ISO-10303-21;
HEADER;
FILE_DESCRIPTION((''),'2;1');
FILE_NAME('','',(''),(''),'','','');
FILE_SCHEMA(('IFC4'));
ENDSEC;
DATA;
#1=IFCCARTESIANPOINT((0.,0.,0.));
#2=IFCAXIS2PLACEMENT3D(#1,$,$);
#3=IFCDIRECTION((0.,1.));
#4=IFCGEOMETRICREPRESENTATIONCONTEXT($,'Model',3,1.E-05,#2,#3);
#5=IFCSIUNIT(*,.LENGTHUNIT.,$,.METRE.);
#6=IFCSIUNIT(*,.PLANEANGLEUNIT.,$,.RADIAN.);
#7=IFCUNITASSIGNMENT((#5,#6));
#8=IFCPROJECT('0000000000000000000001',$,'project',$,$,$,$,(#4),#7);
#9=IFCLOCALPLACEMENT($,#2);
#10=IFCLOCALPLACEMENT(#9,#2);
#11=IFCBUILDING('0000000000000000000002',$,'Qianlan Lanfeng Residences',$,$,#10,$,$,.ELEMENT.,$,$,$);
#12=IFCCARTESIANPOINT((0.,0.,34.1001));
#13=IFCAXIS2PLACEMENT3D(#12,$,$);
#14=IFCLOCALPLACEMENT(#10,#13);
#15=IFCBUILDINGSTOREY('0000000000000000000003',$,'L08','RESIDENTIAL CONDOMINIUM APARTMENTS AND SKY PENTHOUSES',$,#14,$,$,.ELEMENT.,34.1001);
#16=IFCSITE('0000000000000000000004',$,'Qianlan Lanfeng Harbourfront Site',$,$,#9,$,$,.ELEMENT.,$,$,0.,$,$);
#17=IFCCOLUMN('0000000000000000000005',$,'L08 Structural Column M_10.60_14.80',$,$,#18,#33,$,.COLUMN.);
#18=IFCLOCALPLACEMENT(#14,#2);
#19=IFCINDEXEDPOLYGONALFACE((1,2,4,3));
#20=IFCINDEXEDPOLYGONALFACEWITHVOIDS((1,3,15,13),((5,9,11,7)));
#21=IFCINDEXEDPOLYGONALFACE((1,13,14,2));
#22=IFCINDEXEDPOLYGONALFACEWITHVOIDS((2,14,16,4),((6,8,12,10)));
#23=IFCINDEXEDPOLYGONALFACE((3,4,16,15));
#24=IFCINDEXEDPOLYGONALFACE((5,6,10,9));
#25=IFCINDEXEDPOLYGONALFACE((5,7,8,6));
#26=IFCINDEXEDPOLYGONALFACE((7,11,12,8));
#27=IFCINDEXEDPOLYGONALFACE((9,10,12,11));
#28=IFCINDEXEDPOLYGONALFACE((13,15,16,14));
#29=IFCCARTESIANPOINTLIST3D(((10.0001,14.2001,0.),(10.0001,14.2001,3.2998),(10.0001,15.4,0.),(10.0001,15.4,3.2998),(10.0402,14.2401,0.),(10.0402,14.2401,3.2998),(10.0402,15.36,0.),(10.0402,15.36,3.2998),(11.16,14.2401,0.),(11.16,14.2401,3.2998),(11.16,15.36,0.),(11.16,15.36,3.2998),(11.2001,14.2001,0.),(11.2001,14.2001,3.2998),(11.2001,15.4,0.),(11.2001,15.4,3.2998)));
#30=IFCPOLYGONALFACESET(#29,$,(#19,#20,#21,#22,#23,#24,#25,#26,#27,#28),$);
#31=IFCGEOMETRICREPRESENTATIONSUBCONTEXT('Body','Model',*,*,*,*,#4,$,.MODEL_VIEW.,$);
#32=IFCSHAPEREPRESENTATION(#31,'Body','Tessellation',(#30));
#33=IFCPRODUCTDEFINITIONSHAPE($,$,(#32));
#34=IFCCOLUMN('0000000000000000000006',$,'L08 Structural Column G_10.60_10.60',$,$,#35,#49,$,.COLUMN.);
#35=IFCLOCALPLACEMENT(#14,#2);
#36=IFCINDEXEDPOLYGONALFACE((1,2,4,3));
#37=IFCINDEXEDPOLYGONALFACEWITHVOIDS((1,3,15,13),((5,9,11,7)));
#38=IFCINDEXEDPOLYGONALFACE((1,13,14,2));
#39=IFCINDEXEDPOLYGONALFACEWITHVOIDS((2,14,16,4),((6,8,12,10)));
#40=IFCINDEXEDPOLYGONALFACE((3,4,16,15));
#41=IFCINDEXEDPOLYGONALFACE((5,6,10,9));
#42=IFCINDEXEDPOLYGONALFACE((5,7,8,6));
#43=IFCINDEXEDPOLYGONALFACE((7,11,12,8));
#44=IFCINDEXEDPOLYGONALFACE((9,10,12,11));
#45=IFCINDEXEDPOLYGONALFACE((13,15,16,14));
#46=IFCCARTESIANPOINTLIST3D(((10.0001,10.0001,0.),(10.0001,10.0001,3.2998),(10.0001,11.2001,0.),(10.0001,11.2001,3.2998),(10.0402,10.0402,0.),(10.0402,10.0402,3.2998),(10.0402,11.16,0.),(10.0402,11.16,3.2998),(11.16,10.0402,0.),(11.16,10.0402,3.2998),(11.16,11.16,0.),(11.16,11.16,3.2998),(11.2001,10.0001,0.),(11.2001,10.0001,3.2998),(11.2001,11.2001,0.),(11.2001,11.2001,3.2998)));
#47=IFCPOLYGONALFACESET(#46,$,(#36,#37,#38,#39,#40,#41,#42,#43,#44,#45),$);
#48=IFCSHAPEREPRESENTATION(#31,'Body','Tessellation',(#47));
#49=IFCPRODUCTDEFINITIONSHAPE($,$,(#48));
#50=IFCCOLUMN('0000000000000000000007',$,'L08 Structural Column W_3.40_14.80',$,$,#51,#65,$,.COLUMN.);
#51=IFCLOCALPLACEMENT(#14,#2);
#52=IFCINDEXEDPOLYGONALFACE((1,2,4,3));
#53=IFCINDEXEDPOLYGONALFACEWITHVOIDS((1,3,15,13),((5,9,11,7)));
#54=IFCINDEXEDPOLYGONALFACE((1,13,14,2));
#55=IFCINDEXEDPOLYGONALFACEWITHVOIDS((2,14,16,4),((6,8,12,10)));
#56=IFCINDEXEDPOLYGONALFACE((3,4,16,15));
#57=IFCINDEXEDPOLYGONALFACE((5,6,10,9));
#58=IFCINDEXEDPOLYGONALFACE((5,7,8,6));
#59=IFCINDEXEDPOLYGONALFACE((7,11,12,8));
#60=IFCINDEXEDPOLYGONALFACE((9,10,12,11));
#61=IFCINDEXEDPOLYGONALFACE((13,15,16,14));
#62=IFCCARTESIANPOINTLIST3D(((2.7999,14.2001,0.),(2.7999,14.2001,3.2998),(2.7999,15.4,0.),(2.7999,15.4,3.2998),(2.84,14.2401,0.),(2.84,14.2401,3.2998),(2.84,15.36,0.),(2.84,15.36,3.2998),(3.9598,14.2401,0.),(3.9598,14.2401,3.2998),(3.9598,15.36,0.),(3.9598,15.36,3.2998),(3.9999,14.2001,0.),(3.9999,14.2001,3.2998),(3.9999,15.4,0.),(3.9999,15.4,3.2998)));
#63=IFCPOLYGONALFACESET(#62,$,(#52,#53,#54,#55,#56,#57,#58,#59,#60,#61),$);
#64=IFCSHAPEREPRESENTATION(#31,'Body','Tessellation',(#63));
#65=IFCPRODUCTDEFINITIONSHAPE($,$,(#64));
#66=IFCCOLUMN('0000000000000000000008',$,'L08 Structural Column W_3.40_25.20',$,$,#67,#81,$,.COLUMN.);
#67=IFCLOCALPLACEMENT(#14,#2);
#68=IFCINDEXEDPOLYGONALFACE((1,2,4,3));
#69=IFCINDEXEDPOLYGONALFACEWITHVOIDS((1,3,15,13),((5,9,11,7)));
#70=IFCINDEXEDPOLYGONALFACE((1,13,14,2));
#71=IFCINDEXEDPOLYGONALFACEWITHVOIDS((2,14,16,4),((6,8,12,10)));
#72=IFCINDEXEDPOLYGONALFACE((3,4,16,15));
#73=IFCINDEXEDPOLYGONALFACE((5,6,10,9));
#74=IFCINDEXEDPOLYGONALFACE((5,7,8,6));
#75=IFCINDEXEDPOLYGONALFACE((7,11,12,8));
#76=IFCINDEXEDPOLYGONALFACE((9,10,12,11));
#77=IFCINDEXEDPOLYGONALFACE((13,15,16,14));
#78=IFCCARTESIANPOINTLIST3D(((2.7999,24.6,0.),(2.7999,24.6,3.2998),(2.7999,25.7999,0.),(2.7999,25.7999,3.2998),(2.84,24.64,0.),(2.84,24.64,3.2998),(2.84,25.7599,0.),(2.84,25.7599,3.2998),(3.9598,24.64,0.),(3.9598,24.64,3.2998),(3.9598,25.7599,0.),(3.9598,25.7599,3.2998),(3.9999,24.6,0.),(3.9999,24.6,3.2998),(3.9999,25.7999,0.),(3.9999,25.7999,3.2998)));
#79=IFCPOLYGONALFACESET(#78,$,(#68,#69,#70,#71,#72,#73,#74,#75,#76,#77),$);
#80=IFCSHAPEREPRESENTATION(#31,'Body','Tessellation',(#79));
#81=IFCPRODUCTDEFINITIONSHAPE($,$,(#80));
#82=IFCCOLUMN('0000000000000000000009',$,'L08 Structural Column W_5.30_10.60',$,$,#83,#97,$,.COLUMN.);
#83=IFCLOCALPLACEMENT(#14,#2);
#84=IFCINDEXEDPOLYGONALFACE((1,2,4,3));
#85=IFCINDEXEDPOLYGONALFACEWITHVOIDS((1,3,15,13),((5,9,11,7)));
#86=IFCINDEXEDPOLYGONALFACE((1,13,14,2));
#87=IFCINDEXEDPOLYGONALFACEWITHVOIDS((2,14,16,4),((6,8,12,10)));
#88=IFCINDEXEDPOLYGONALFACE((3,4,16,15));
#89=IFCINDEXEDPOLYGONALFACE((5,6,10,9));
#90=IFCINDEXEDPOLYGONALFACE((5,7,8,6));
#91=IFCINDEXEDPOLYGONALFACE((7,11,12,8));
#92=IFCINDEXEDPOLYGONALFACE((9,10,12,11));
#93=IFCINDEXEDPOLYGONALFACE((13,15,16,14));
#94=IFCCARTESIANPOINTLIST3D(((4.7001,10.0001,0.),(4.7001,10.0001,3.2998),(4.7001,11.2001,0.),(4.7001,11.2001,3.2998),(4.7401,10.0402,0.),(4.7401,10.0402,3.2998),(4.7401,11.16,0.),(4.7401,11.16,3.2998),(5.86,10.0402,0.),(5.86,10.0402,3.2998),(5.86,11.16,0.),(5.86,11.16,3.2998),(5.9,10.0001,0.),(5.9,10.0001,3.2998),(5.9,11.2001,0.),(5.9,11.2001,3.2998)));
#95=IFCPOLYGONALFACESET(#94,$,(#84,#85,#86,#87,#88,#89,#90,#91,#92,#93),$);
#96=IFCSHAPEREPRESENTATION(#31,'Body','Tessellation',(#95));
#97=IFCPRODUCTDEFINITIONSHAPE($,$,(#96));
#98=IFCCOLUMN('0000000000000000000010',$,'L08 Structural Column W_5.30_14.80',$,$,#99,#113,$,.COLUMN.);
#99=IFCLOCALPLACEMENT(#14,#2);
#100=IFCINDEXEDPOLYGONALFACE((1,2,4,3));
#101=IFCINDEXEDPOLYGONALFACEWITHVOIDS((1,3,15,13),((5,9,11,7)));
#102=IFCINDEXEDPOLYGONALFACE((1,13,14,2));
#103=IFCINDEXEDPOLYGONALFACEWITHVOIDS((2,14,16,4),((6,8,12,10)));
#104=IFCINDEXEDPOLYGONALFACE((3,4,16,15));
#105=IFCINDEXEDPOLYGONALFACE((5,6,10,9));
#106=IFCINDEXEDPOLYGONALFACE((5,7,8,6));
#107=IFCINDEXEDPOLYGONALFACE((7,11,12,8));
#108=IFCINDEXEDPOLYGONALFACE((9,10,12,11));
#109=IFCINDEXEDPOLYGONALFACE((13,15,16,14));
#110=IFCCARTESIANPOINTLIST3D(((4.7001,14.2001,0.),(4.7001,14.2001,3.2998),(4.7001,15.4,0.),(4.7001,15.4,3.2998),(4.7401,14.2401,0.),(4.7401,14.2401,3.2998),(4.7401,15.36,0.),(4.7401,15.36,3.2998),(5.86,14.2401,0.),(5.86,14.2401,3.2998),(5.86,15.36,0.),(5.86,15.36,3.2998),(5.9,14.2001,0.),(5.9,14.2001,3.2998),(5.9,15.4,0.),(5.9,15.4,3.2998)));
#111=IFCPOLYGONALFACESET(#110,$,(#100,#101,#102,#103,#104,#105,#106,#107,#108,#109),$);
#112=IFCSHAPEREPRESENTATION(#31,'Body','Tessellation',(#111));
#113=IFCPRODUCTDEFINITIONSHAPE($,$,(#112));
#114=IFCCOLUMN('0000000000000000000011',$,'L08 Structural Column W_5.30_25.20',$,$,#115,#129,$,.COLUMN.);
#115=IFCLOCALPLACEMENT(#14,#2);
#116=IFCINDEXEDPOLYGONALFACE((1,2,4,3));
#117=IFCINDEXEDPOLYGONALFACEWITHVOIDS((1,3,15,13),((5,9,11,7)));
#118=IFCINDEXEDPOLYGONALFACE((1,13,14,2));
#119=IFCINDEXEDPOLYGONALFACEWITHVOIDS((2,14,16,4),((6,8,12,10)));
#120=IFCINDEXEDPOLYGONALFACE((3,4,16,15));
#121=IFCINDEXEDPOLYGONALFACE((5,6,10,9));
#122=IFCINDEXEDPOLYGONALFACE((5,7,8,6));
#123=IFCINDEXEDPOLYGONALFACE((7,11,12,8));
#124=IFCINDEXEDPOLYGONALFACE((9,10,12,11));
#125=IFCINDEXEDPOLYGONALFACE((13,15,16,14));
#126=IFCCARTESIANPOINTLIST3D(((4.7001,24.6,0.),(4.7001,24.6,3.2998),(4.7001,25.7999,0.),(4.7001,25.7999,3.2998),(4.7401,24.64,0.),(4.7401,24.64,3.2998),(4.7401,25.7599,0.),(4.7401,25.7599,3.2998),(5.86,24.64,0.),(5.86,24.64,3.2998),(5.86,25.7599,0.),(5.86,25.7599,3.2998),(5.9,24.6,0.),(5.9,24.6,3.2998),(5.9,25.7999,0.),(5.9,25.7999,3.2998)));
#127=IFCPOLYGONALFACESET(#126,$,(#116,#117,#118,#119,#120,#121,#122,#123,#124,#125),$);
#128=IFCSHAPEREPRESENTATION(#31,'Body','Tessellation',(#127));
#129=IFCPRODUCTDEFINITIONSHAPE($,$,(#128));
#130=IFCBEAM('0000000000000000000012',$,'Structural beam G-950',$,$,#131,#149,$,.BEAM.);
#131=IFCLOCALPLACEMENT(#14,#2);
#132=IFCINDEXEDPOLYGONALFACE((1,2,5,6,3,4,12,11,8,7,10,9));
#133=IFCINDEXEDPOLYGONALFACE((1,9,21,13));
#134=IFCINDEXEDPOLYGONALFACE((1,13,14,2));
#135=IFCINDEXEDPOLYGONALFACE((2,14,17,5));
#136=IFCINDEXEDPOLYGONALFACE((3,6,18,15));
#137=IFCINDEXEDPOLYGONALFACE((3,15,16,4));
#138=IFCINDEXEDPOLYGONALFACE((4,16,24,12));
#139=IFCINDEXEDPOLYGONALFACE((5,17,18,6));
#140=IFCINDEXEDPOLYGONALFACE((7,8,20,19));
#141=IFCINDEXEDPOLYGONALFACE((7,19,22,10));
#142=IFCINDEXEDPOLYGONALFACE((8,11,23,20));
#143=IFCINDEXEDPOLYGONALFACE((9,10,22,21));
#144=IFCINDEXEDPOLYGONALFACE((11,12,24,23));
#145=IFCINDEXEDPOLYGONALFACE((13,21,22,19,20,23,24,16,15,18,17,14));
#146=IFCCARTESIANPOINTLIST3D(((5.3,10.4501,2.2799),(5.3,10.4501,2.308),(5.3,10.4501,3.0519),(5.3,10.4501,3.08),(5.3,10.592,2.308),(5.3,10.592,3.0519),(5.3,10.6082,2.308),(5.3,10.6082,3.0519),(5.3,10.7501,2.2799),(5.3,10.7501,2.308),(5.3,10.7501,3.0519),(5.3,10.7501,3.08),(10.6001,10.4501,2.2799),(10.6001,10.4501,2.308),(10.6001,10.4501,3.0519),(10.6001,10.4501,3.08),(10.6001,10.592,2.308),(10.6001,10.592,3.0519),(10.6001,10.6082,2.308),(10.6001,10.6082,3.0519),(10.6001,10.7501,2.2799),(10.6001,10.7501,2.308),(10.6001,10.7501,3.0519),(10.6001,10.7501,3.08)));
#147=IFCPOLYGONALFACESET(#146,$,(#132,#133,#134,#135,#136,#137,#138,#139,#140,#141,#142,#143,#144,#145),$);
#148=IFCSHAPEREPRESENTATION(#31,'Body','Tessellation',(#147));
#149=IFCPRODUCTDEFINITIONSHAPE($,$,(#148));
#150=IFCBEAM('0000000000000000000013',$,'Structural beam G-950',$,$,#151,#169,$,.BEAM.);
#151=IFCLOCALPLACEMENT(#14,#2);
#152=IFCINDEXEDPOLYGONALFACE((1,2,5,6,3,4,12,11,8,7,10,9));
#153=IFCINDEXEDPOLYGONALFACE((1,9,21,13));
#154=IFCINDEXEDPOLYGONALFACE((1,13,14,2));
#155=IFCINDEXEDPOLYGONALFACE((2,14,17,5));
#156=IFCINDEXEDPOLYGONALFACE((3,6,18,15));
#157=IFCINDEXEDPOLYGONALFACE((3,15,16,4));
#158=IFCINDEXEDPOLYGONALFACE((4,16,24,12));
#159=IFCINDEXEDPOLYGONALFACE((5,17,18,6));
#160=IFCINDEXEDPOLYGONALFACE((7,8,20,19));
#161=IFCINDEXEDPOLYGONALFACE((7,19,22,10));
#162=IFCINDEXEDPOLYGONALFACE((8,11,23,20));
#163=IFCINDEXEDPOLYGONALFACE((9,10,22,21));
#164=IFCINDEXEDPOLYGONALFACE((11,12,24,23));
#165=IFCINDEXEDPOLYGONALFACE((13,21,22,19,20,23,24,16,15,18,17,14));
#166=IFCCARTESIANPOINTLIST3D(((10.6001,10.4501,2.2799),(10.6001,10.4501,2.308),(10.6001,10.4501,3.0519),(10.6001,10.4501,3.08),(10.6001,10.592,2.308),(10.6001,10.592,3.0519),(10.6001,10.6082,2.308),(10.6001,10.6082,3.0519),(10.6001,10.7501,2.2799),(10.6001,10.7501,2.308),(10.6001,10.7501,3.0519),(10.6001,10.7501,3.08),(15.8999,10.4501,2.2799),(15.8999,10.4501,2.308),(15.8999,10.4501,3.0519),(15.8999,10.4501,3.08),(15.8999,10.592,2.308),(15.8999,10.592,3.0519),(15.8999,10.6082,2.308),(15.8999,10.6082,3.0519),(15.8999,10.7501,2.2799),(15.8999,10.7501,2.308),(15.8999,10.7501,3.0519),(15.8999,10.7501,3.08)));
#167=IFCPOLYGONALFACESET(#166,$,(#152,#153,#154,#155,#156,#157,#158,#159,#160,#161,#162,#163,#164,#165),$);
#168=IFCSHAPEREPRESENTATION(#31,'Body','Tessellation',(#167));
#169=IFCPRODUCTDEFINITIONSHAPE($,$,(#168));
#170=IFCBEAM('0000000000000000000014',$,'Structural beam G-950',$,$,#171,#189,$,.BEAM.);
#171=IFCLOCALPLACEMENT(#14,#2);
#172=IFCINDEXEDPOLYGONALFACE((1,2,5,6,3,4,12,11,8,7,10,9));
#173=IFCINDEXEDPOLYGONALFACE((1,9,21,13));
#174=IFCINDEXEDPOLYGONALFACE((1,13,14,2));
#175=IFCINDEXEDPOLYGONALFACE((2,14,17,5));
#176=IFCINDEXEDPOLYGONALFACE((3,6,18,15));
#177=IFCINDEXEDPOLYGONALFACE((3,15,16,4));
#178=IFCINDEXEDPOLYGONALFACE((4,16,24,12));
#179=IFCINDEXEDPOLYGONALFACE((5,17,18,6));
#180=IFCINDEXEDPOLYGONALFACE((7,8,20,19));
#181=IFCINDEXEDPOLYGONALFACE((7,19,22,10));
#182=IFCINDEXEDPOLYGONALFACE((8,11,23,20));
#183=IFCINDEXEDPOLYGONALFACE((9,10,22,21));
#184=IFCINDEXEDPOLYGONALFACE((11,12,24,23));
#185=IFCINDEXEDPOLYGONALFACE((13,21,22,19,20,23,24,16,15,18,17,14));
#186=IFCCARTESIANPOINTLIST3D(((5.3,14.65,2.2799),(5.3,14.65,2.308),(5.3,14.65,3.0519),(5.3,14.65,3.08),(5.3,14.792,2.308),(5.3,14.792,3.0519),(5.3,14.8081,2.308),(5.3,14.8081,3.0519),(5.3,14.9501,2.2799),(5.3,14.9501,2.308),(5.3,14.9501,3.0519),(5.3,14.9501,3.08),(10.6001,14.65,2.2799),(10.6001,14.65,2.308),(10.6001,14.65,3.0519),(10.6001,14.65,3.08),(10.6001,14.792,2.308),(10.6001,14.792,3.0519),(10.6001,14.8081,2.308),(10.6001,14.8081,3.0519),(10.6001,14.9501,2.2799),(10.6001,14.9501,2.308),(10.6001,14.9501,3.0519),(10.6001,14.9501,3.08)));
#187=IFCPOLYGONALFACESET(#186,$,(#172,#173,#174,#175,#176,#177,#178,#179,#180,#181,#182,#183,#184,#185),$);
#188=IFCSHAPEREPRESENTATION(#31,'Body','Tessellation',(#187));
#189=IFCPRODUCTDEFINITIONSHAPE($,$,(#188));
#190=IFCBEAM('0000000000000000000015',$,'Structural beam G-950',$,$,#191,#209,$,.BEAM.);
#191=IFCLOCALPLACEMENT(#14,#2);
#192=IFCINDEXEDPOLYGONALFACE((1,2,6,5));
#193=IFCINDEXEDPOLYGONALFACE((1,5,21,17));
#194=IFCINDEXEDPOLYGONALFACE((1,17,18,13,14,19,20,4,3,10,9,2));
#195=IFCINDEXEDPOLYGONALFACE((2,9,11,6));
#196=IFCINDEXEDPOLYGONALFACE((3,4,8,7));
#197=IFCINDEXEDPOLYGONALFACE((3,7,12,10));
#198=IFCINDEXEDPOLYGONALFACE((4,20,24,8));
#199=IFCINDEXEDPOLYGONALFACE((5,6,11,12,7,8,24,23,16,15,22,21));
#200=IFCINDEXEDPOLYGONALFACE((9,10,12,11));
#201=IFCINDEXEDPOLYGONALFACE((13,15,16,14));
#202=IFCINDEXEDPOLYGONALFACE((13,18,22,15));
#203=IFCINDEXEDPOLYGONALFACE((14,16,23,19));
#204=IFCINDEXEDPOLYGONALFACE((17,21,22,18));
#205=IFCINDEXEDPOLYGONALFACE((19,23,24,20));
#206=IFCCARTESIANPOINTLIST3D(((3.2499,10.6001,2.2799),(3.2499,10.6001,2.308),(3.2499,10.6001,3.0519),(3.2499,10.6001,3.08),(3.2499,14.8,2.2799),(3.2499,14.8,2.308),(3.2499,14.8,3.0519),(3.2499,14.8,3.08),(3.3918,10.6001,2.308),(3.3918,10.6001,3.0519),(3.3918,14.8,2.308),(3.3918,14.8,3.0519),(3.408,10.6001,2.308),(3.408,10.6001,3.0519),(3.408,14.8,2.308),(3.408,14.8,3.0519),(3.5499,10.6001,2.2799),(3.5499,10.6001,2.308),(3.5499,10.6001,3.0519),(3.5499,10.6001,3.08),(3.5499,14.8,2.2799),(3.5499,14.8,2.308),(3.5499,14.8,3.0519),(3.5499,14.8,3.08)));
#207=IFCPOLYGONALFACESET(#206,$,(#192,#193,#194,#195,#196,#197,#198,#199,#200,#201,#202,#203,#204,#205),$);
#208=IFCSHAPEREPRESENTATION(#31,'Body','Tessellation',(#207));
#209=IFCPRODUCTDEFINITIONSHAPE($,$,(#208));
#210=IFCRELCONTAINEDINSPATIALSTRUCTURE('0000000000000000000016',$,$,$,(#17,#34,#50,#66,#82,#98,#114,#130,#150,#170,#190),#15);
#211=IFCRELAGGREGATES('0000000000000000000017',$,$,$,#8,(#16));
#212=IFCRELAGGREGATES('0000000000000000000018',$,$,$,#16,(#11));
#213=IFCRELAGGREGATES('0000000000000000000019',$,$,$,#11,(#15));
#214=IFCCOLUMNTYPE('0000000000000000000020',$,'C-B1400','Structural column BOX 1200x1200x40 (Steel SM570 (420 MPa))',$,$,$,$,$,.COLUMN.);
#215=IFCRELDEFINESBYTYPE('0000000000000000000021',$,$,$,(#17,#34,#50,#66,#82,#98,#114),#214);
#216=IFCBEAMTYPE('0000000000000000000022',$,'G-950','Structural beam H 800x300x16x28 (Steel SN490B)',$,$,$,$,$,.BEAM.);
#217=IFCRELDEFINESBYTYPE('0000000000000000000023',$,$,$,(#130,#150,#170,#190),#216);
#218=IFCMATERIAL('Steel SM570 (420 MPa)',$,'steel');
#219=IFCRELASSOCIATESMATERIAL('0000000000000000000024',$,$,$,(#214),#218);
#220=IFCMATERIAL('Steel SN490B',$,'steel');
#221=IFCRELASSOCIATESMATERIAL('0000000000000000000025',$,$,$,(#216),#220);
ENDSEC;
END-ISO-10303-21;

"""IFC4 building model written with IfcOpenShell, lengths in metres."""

from ifc_helpers import new_model, si_unit, direction, frame, origin, origin_2d, place, context, subcontext, project, spatial, hollow_rectangle, i_section, extrude, material, material_profile, profile_set, type_object, element, save


model = new_model("IFC4")

# Units and contexts
model_context = context("Model", 3, precision=1e-05, world=origin(), true_north=direction((0.0, 1.0)))
body_context = subcontext(model_context, "Body", "Model", "MODEL_VIEW")
ifc_project = project(units=[si_unit("LENGTHUNIT", "METRE"), si_unit("PLANEANGLEUNIT", "RADIAN")], contexts=[model_context])

# Site, building, storey
site_placement = place(None, origin())
site = spatial("IfcSite", under=ifc_project, at=site_placement, Name="Qianlan Lanfeng Harbourfront Site", CompositionType="ELEMENT", RefElevation=0.0)
building_placement = place(site_placement, origin())
building = spatial("IfcBuilding", under=site, at=building_placement, Name="Qianlan Lanfeng Residences", CompositionType="ELEMENT")
storey_placement = place(building_placement, frame((0.0, 0.0, 34.1001)))
storey = spatial("IfcBuildingStorey", under=building, at=storey_placement, Name="L08", Description="RESIDENTIAL CONDOMINIUM APARTMENTS AND SKY PENTHOUSES", CompositionType="ELEMENT", Elevation=34.1001)

# Columns
ifc_material_1 = material(Name="Steel SM570 (420 MPa)", Category="steel")
ifc_material_profile_1 = material_profile(ifc_material_1, hollow_rectangle(XDim=1.2, YDim=1.2, WallThickness=0.04, at=origin_2d()), Name="BOX 1200x1200x40")
ifc_profile_set_1 = profile_set([ifc_material_profile_1], Name="Steel SM570 (420 MPa)")
column_type = type_object("IfcColumnType", Name="C-B1400", Description="Structural column BOX 1200x1200x40 (Steel SM570 (420 MPa))", PredefinedType="COLUMN", material=ifc_profile_set_1)
for number, where, z_axis, x_axis, name in (
    (1, (10.6001, 14.8, 0.0), (0.0, 0.0, 1.0), (1.0, 0.0, 0.0), "L08 Structural Column M_10.60_14.80"),
    (2, (10.6001, 10.6001, 0.0), (0.0, 0.0, 1.0), (1.0, 0.0, 0.0), "L08 Structural Column G_10.60_10.60"),
    (3, (3.3999, 14.8, 0.0), (0.0, 0.0, 1.0), (1.0, 0.0, 0.0), "L08 Structural Column W_3.40_14.80"),
    (4, (3.3999, 25.2, 0.0), (0.0, 0.0, 1.0), (1.0, 0.0, 0.0), "L08 Structural Column W_3.40_25.20"),
    (5, (5.3, 10.6001, 0.0), (0.0, 0.0, 1.0), (1.0, 0.0, 0.0), "L08 Structural Column W_5.30_10.60"),
    (6, (5.3, 14.8, 0.0), (0.0, 0.0, 1.0), (1.0, 0.0, 0.0), "L08 Structural Column W_5.30_14.80"),
    (7, (5.3, 25.2, 0.0), (0.0, 0.0, 1.0), (1.0, 0.0, 0.0), "L08 Structural Column W_5.30_25.20"),
):
    element("IfcColumn", number, at=place(storey_placement, frame(where, z_axis=z_axis, x_axis=x_axis)), inside=storey, type_object=column_type, Name=name, PredefinedType="COLUMN", context=body_context, shape_type="SweptSolid", body=[
        extrude(hollow_rectangle(XDim=1.2, YDim=1.2, WallThickness=0.04, at=origin_2d()), origin(), (0.0, 0.0, 1.0), 3.2998),
    ])

# Beams
ifc_material_2 = material(Name="Steel SN490B", Category="steel")
ifc_material_profile_2 = material_profile(ifc_material_2, i_section(OverallWidth=0.3, OverallDepth=0.8, WebThickness=0.0161, FlangeThickness=0.0281, at=origin_2d()), Name="H 800x300x16x28")
ifc_profile_set_2 = profile_set([ifc_material_profile_2], Name="Steel SN490B")
beam_type_1 = type_object("IfcBeamType", Name="G-950", Description="Structural beam H 800x300x16x28 (Steel SN490B)", PredefinedType="BEAM", material=ifc_profile_set_2)
beam_1_placement = place(storey_placement, frame((5.3, 10.6001, 2.6799), z_axis=(1.0, 0.0, 0.0), x_axis=(0.0, 1.0, 0.0)))
element("IfcBeam", 8, at=beam_1_placement, inside=storey, type_object=beam_type_1, Name="Structural beam G-950", PredefinedType="BEAM", context=body_context, shape_type="SweptSolid", body=[
    extrude(i_section(OverallWidth=0.3, OverallDepth=0.8, WebThickness=0.0161, FlangeThickness=0.0281, at=origin_2d()), origin(), (0.0, 0.0, 1.0), 5.3),
])
beam_2_placement = place(storey_placement, frame((10.6001, 10.6001, 2.6799), z_axis=(1.0, 0.0, 0.0), x_axis=(0.0, 1.0, 0.0)))
element("IfcBeam", 9, at=beam_2_placement, inside=storey, type_object=beam_type_1, Name="Structural beam G-950", PredefinedType="BEAM", context=body_context, shape_type="SweptSolid", body=[
    extrude(i_section(OverallWidth=0.3, OverallDepth=0.8, WebThickness=0.0161, FlangeThickness=0.0281, at=origin_2d()), origin(), (0.0, 0.0, 1.0), 5.2998),
])
beam_3_placement = place(storey_placement, frame((5.3, 14.8, 2.6799), z_axis=(1.0, 0.0, 0.0), x_axis=(0.0, 1.0, 0.0)))
element("IfcBeam", 10, at=beam_3_placement, inside=storey, type_object=beam_type_1, Name="Structural beam G-950", PredefinedType="BEAM", context=body_context, shape_type="SweptSolid", body=[
    extrude(i_section(OverallWidth=0.3, OverallDepth=0.8, WebThickness=0.0161, FlangeThickness=0.0281, at=origin_2d()), origin(), (0.0, 0.0, 1.0), 5.3),
])
beam_4_placement = place(storey_placement, frame((3.3999, 10.6001, 2.6799), z_axis=(0.0, 1.0, 0.0), x_axis=(-1.0, 0.0, 0.0)))
element("IfcBeam", 11, at=beam_4_placement, inside=storey, type_object=beam_type_1, Name="Structural beam G-950", PredefinedType="BEAM", context=body_context, shape_type="SweptSolid", body=[
    extrude(i_section(OverallWidth=0.3, OverallDepth=0.8, WebThickness=0.0161, FlangeThickness=0.0281, at=origin_2d()), origin(), (0.0, 0.0, 1.0), 4.2),
])

save(model, "model.ifc")
